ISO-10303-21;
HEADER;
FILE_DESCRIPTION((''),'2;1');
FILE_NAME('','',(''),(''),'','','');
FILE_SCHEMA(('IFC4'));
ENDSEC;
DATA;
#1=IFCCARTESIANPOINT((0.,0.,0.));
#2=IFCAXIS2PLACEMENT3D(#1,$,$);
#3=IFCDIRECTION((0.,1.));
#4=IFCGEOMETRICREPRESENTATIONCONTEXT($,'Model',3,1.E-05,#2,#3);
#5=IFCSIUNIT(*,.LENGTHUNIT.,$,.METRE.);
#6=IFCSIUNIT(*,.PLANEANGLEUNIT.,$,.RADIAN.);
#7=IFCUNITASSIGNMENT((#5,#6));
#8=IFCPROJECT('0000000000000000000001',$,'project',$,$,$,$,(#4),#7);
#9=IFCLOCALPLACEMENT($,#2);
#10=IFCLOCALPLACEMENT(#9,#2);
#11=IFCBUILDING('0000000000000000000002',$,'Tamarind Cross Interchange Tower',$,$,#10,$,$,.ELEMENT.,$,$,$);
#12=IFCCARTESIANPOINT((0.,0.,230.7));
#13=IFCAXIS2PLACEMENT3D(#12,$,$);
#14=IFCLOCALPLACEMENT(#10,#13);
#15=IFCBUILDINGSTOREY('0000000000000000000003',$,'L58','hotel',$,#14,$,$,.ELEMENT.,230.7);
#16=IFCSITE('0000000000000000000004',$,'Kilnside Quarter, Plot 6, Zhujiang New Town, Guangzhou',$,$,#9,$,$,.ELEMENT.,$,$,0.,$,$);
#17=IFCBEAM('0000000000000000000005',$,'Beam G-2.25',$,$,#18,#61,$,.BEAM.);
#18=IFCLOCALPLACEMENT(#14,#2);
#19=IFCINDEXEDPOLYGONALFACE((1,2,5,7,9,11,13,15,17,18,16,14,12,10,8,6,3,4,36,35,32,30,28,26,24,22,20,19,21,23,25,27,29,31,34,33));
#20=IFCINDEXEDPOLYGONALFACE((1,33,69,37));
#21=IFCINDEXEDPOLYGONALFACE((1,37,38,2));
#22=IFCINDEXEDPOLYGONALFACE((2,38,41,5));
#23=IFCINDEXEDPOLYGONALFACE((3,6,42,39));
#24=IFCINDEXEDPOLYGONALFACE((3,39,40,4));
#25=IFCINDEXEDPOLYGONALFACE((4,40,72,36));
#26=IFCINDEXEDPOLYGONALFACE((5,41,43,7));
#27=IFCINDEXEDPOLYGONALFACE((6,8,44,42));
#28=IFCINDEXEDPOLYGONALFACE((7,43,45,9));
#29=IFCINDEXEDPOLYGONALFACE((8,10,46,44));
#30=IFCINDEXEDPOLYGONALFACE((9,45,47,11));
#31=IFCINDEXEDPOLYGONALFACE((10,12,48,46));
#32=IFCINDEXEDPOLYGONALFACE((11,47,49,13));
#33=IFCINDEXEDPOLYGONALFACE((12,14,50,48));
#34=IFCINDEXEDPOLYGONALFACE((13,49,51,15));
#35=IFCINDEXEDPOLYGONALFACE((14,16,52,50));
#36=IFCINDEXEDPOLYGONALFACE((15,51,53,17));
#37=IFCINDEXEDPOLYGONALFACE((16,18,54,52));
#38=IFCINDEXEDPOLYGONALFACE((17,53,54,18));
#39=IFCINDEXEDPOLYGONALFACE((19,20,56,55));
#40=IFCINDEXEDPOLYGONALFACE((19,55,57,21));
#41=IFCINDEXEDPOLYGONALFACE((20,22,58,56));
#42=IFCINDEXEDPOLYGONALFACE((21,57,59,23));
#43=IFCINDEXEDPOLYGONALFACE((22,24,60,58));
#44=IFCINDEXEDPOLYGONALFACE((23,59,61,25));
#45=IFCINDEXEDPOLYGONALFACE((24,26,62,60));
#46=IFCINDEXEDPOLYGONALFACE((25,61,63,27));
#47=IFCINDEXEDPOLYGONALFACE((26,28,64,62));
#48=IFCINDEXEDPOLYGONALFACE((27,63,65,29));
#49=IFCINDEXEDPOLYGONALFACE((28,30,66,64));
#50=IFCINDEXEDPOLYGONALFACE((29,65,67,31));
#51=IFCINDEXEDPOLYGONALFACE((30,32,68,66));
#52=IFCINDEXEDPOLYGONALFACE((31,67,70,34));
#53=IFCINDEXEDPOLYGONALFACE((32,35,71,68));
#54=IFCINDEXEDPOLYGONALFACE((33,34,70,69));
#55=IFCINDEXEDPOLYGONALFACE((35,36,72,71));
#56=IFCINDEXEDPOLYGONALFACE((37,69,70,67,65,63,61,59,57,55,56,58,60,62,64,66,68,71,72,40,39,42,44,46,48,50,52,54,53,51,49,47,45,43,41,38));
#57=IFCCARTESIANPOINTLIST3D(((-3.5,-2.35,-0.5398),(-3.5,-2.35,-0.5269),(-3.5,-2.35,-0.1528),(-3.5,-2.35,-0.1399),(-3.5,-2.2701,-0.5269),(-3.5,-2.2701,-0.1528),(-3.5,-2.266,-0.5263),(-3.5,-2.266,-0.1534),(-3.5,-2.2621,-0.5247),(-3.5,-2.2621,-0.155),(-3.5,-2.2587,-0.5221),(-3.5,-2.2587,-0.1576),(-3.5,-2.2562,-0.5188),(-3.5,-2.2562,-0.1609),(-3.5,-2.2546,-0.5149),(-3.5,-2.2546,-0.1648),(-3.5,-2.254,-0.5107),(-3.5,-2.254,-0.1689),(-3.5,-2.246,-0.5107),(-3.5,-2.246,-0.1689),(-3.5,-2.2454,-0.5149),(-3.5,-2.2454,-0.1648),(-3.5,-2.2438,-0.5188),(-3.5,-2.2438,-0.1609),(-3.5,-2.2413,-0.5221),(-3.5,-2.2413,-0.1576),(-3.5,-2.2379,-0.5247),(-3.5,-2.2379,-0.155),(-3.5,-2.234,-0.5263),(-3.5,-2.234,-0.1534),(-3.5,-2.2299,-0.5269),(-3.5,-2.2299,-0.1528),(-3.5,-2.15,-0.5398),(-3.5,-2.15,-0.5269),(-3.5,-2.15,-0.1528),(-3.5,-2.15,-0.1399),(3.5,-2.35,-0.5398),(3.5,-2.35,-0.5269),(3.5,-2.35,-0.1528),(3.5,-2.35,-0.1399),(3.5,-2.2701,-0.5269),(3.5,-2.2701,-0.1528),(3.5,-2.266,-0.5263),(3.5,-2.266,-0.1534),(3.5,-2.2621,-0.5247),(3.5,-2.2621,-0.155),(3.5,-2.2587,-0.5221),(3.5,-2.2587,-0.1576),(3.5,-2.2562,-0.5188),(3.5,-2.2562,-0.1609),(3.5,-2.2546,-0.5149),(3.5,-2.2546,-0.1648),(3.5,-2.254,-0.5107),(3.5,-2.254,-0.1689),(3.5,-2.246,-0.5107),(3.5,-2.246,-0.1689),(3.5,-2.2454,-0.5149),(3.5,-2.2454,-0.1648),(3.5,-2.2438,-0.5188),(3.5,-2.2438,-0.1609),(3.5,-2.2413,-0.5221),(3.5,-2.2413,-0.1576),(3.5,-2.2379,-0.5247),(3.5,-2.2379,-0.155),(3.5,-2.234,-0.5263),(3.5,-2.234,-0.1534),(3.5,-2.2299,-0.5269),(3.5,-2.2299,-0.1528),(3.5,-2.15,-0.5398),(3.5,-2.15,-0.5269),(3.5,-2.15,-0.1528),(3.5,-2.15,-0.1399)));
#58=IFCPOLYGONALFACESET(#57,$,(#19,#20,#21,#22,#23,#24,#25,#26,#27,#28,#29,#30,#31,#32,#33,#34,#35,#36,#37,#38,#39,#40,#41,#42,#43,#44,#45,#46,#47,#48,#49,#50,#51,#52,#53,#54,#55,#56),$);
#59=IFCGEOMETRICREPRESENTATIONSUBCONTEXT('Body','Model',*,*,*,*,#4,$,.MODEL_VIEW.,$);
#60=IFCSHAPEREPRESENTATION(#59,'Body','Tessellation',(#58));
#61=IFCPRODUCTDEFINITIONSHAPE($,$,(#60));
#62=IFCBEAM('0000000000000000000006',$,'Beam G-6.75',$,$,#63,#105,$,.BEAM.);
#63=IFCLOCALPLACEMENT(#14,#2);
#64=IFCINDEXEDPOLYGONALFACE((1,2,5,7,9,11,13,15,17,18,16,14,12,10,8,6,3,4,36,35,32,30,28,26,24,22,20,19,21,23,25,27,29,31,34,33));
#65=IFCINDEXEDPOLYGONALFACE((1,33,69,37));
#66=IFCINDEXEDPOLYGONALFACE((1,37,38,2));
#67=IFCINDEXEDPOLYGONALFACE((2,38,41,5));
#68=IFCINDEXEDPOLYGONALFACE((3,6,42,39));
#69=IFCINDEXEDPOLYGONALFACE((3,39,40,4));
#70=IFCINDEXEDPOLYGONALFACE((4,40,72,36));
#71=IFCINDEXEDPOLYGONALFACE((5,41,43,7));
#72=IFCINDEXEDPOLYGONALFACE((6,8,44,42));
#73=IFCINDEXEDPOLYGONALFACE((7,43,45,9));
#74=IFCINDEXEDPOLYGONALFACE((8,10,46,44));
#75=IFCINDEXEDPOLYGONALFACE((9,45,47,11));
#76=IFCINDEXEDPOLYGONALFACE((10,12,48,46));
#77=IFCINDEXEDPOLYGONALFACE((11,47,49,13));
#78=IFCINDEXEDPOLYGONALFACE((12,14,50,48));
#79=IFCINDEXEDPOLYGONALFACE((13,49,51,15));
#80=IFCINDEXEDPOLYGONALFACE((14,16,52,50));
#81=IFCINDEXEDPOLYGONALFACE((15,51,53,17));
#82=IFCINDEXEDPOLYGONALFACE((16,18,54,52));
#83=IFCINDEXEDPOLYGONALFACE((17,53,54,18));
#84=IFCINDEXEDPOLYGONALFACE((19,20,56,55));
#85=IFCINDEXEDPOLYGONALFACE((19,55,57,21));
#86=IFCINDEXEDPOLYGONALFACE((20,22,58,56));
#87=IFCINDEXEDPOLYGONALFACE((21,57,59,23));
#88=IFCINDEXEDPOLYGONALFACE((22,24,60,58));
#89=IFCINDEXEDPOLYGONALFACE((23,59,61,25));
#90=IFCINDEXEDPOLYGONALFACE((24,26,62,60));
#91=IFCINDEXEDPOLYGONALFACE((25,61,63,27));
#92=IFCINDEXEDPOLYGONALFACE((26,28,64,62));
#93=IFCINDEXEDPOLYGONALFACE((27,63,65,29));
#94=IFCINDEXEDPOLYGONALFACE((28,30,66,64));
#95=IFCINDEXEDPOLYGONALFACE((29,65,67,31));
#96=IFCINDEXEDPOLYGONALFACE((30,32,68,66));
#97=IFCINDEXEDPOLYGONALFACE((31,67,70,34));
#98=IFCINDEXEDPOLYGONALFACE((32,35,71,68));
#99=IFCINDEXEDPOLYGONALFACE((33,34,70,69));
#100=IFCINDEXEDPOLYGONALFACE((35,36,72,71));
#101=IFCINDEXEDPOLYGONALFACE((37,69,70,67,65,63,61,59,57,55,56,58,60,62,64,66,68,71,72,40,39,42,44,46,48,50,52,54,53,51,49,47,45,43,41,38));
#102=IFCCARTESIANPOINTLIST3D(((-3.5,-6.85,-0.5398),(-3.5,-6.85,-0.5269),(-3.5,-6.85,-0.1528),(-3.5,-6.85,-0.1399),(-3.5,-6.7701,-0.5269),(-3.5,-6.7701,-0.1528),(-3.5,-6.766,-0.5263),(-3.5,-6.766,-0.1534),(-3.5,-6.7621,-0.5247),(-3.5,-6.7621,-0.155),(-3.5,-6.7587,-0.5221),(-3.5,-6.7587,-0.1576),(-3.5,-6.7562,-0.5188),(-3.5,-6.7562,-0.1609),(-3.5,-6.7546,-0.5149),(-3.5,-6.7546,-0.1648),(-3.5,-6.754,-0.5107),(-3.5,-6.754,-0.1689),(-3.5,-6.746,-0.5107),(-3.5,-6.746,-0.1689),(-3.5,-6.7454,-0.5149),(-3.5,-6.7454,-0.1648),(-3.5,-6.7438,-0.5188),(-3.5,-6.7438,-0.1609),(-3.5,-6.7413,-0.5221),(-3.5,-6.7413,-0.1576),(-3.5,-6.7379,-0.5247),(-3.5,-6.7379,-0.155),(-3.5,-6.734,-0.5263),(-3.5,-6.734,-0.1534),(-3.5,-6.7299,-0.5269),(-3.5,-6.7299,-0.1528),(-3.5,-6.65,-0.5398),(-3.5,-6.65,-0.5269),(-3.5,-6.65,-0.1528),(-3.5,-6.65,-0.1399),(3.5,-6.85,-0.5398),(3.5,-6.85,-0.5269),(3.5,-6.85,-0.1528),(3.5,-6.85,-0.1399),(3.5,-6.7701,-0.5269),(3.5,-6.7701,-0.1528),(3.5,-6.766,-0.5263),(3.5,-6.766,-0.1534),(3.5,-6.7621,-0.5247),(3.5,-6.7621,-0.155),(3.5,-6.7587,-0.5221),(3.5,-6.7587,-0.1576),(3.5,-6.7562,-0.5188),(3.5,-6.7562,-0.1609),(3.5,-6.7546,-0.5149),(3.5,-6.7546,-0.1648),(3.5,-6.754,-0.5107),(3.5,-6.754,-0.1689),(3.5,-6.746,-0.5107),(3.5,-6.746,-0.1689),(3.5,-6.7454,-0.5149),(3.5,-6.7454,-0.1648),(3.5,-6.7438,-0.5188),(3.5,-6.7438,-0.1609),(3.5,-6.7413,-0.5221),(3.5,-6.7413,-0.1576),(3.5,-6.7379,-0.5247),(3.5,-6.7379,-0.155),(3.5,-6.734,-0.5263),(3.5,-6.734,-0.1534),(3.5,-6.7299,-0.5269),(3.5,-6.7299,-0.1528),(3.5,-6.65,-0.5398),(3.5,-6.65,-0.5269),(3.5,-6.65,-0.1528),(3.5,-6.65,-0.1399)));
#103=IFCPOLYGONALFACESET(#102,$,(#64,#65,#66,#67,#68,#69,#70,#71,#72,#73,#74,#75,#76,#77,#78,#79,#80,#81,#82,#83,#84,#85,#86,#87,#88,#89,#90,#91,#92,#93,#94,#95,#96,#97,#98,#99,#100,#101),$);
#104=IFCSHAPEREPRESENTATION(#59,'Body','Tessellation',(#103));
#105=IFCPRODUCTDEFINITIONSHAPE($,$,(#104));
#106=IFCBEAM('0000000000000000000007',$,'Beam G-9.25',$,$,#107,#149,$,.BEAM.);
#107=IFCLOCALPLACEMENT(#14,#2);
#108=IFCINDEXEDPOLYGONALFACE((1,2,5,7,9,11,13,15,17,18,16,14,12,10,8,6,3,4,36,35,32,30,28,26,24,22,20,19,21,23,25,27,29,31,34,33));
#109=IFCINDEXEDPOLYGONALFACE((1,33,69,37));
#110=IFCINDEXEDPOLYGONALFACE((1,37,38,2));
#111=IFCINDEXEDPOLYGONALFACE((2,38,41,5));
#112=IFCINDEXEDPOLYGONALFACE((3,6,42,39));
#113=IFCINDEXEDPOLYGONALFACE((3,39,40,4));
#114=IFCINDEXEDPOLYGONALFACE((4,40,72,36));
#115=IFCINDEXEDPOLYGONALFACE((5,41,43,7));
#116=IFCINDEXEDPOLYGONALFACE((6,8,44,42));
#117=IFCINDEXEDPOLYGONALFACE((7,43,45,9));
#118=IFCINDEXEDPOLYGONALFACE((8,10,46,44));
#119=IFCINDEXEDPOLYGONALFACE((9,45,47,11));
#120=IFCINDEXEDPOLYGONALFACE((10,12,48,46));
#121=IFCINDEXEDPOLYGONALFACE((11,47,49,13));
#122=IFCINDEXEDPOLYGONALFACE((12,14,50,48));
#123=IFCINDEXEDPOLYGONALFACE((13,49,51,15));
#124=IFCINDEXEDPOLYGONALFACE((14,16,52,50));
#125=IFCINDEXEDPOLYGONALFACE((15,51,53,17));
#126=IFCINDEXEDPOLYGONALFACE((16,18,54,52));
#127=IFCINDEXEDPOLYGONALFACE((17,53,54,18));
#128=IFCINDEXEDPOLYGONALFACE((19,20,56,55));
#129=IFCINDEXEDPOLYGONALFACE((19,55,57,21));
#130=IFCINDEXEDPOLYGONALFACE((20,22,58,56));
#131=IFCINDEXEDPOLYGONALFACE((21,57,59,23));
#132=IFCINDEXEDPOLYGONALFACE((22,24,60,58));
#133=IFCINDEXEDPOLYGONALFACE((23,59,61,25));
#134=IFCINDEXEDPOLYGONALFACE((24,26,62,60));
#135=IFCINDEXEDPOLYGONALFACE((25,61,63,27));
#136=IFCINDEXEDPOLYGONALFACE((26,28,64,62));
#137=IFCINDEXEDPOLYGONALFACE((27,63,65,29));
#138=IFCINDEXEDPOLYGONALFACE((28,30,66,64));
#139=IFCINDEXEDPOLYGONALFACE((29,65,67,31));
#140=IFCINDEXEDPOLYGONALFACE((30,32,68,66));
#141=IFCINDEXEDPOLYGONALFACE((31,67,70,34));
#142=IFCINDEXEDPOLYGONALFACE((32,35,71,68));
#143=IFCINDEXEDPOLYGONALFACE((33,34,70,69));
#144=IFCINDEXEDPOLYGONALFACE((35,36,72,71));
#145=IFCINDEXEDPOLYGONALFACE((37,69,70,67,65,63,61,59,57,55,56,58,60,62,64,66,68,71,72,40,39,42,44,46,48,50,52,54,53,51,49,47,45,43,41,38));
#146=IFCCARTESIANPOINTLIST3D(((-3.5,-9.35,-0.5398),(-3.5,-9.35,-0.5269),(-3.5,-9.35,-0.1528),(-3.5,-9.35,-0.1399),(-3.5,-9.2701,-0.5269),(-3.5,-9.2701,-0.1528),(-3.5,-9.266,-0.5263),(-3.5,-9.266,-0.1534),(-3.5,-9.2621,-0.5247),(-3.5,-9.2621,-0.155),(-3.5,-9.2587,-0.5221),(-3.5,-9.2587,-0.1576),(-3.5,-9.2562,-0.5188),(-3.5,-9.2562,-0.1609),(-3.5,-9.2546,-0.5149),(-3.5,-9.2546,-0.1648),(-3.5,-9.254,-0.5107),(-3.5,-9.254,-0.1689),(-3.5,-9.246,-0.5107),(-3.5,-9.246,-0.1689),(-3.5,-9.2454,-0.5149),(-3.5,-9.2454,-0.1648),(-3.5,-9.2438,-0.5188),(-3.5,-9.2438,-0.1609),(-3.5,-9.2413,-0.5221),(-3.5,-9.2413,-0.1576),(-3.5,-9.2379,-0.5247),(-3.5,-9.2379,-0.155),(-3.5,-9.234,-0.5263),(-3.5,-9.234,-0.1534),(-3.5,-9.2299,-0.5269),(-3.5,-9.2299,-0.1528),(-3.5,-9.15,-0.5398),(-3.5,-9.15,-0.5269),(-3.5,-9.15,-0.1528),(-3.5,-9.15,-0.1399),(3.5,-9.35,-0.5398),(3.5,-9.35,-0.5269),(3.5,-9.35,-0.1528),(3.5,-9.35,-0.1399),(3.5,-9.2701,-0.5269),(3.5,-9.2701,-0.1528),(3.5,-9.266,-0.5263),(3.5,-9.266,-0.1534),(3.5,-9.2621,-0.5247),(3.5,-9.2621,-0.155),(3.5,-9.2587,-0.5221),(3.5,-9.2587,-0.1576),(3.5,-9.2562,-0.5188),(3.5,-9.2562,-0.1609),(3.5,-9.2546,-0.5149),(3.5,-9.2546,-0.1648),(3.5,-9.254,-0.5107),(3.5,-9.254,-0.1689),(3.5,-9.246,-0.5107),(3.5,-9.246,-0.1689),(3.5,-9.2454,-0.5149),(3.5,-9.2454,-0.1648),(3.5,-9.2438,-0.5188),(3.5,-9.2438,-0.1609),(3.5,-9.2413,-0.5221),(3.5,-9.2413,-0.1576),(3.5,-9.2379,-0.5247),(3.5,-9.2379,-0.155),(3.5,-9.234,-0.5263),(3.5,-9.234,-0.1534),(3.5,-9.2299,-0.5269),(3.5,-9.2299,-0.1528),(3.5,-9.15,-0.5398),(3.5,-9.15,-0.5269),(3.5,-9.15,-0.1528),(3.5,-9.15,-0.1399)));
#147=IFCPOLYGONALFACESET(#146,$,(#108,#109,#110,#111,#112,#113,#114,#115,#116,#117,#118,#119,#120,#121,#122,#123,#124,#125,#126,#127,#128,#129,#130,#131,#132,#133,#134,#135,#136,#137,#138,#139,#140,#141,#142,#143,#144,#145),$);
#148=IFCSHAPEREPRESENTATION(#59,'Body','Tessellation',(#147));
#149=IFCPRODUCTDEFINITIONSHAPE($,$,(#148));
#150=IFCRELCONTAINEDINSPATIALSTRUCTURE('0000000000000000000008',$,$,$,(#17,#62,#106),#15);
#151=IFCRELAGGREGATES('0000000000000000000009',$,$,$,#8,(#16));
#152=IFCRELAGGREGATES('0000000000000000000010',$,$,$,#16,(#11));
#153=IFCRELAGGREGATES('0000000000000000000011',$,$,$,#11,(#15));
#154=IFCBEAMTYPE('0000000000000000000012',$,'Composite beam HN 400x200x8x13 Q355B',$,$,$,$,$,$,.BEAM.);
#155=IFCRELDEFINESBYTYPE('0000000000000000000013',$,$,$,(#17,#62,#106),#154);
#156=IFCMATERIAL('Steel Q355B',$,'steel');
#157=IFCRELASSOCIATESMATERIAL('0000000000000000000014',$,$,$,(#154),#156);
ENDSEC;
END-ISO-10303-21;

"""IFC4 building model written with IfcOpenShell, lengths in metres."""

from ifc_helpers import new_model, si_unit, direction, frame, origin, origin_2d, place, context, subcontext, project, spatial, i_section, extrude, material, material_profile, profile_set, type_object, element, save


model = new_model("IFC4")

# Units and contexts
model_context = context("Model", 3, precision=1e-05, world=origin(), true_north=direction((0.0, 1.0)))
body_context = subcontext(model_context, "Body", "Model", "MODEL_VIEW")
ifc_project = project(units=[si_unit("LENGTHUNIT", "METRE"), si_unit("PLANEANGLEUNIT", "RADIAN")], contexts=[model_context])

# Site, building, storey
site_placement = place(None, origin())
site = spatial("IfcSite", under=ifc_project, at=site_placement, Name="Kilnside Quarter, Plot 6, Zhujiang New Town, Guangzhou", CompositionType="ELEMENT", RefElevation=0.0)
building_placement = place(site_placement, origin())
building = spatial("IfcBuilding", under=site, at=building_placement, Name="Tamarind Cross Interchange Tower", CompositionType="ELEMENT")
storey_placement = place(building_placement, frame((0.0, 0.0, 230.7)))
storey = spatial("IfcBuildingStorey", under=building, at=storey_placement, Name="L58", Description="hotel", CompositionType="ELEMENT", Elevation=230.7)

# Beams
ifc_material_1 = material(Name="Steel Q355B", Category="steel")
ifc_material_profile = material_profile(ifc_material_1, i_section(OverallWidth=0.2, OverallDepth=0.3999, WebThickness=0.0081, FlangeThickness=0.0129, FilletRadius=0.0161, at=origin_2d()), Name="HN 400x200x8x13")
ifc_profile_set = profile_set([ifc_material_profile], Name="Steel Q355B")
beam_type = type_object("IfcBeamType", Name="Composite beam HN 400x200x8x13 Q355B", PredefinedType="BEAM", material=ifc_profile_set)
for number, where, z_axis, x_axis, name in (
    (1, (-3.5, -2.25, -0.3398), (1.0, 0.0, 0.0), (0.0, 1.0, 0.0), "Beam G-2.25"),
    (2, (-3.5, -6.75, -0.3398), (1.0, 0.0, 0.0), (0.0, 1.0, 0.0), "Beam G-6.75"),
    (3, (-3.5, -9.25, -0.3398), (1.0, 0.0, 0.0), (0.0, 1.0, 0.0), "Beam G-9.25"),
):
    element("IfcBeam", number, at=place(storey_placement, frame(where, z_axis=z_axis, x_axis=x_axis)), inside=storey, type_object=beam_type, Name=name, PredefinedType="BEAM", context=body_context, shape_type="SweptSolid", body=[
        extrude(i_section(OverallWidth=0.2, OverallDepth=0.3999, WebThickness=0.0081, FlangeThickness=0.0129, FilletRadius=0.0161, at=origin_2d()), origin(), (0.0, 0.0, 1.0), 7.0),
    ])

save(model, "model.ifc")
